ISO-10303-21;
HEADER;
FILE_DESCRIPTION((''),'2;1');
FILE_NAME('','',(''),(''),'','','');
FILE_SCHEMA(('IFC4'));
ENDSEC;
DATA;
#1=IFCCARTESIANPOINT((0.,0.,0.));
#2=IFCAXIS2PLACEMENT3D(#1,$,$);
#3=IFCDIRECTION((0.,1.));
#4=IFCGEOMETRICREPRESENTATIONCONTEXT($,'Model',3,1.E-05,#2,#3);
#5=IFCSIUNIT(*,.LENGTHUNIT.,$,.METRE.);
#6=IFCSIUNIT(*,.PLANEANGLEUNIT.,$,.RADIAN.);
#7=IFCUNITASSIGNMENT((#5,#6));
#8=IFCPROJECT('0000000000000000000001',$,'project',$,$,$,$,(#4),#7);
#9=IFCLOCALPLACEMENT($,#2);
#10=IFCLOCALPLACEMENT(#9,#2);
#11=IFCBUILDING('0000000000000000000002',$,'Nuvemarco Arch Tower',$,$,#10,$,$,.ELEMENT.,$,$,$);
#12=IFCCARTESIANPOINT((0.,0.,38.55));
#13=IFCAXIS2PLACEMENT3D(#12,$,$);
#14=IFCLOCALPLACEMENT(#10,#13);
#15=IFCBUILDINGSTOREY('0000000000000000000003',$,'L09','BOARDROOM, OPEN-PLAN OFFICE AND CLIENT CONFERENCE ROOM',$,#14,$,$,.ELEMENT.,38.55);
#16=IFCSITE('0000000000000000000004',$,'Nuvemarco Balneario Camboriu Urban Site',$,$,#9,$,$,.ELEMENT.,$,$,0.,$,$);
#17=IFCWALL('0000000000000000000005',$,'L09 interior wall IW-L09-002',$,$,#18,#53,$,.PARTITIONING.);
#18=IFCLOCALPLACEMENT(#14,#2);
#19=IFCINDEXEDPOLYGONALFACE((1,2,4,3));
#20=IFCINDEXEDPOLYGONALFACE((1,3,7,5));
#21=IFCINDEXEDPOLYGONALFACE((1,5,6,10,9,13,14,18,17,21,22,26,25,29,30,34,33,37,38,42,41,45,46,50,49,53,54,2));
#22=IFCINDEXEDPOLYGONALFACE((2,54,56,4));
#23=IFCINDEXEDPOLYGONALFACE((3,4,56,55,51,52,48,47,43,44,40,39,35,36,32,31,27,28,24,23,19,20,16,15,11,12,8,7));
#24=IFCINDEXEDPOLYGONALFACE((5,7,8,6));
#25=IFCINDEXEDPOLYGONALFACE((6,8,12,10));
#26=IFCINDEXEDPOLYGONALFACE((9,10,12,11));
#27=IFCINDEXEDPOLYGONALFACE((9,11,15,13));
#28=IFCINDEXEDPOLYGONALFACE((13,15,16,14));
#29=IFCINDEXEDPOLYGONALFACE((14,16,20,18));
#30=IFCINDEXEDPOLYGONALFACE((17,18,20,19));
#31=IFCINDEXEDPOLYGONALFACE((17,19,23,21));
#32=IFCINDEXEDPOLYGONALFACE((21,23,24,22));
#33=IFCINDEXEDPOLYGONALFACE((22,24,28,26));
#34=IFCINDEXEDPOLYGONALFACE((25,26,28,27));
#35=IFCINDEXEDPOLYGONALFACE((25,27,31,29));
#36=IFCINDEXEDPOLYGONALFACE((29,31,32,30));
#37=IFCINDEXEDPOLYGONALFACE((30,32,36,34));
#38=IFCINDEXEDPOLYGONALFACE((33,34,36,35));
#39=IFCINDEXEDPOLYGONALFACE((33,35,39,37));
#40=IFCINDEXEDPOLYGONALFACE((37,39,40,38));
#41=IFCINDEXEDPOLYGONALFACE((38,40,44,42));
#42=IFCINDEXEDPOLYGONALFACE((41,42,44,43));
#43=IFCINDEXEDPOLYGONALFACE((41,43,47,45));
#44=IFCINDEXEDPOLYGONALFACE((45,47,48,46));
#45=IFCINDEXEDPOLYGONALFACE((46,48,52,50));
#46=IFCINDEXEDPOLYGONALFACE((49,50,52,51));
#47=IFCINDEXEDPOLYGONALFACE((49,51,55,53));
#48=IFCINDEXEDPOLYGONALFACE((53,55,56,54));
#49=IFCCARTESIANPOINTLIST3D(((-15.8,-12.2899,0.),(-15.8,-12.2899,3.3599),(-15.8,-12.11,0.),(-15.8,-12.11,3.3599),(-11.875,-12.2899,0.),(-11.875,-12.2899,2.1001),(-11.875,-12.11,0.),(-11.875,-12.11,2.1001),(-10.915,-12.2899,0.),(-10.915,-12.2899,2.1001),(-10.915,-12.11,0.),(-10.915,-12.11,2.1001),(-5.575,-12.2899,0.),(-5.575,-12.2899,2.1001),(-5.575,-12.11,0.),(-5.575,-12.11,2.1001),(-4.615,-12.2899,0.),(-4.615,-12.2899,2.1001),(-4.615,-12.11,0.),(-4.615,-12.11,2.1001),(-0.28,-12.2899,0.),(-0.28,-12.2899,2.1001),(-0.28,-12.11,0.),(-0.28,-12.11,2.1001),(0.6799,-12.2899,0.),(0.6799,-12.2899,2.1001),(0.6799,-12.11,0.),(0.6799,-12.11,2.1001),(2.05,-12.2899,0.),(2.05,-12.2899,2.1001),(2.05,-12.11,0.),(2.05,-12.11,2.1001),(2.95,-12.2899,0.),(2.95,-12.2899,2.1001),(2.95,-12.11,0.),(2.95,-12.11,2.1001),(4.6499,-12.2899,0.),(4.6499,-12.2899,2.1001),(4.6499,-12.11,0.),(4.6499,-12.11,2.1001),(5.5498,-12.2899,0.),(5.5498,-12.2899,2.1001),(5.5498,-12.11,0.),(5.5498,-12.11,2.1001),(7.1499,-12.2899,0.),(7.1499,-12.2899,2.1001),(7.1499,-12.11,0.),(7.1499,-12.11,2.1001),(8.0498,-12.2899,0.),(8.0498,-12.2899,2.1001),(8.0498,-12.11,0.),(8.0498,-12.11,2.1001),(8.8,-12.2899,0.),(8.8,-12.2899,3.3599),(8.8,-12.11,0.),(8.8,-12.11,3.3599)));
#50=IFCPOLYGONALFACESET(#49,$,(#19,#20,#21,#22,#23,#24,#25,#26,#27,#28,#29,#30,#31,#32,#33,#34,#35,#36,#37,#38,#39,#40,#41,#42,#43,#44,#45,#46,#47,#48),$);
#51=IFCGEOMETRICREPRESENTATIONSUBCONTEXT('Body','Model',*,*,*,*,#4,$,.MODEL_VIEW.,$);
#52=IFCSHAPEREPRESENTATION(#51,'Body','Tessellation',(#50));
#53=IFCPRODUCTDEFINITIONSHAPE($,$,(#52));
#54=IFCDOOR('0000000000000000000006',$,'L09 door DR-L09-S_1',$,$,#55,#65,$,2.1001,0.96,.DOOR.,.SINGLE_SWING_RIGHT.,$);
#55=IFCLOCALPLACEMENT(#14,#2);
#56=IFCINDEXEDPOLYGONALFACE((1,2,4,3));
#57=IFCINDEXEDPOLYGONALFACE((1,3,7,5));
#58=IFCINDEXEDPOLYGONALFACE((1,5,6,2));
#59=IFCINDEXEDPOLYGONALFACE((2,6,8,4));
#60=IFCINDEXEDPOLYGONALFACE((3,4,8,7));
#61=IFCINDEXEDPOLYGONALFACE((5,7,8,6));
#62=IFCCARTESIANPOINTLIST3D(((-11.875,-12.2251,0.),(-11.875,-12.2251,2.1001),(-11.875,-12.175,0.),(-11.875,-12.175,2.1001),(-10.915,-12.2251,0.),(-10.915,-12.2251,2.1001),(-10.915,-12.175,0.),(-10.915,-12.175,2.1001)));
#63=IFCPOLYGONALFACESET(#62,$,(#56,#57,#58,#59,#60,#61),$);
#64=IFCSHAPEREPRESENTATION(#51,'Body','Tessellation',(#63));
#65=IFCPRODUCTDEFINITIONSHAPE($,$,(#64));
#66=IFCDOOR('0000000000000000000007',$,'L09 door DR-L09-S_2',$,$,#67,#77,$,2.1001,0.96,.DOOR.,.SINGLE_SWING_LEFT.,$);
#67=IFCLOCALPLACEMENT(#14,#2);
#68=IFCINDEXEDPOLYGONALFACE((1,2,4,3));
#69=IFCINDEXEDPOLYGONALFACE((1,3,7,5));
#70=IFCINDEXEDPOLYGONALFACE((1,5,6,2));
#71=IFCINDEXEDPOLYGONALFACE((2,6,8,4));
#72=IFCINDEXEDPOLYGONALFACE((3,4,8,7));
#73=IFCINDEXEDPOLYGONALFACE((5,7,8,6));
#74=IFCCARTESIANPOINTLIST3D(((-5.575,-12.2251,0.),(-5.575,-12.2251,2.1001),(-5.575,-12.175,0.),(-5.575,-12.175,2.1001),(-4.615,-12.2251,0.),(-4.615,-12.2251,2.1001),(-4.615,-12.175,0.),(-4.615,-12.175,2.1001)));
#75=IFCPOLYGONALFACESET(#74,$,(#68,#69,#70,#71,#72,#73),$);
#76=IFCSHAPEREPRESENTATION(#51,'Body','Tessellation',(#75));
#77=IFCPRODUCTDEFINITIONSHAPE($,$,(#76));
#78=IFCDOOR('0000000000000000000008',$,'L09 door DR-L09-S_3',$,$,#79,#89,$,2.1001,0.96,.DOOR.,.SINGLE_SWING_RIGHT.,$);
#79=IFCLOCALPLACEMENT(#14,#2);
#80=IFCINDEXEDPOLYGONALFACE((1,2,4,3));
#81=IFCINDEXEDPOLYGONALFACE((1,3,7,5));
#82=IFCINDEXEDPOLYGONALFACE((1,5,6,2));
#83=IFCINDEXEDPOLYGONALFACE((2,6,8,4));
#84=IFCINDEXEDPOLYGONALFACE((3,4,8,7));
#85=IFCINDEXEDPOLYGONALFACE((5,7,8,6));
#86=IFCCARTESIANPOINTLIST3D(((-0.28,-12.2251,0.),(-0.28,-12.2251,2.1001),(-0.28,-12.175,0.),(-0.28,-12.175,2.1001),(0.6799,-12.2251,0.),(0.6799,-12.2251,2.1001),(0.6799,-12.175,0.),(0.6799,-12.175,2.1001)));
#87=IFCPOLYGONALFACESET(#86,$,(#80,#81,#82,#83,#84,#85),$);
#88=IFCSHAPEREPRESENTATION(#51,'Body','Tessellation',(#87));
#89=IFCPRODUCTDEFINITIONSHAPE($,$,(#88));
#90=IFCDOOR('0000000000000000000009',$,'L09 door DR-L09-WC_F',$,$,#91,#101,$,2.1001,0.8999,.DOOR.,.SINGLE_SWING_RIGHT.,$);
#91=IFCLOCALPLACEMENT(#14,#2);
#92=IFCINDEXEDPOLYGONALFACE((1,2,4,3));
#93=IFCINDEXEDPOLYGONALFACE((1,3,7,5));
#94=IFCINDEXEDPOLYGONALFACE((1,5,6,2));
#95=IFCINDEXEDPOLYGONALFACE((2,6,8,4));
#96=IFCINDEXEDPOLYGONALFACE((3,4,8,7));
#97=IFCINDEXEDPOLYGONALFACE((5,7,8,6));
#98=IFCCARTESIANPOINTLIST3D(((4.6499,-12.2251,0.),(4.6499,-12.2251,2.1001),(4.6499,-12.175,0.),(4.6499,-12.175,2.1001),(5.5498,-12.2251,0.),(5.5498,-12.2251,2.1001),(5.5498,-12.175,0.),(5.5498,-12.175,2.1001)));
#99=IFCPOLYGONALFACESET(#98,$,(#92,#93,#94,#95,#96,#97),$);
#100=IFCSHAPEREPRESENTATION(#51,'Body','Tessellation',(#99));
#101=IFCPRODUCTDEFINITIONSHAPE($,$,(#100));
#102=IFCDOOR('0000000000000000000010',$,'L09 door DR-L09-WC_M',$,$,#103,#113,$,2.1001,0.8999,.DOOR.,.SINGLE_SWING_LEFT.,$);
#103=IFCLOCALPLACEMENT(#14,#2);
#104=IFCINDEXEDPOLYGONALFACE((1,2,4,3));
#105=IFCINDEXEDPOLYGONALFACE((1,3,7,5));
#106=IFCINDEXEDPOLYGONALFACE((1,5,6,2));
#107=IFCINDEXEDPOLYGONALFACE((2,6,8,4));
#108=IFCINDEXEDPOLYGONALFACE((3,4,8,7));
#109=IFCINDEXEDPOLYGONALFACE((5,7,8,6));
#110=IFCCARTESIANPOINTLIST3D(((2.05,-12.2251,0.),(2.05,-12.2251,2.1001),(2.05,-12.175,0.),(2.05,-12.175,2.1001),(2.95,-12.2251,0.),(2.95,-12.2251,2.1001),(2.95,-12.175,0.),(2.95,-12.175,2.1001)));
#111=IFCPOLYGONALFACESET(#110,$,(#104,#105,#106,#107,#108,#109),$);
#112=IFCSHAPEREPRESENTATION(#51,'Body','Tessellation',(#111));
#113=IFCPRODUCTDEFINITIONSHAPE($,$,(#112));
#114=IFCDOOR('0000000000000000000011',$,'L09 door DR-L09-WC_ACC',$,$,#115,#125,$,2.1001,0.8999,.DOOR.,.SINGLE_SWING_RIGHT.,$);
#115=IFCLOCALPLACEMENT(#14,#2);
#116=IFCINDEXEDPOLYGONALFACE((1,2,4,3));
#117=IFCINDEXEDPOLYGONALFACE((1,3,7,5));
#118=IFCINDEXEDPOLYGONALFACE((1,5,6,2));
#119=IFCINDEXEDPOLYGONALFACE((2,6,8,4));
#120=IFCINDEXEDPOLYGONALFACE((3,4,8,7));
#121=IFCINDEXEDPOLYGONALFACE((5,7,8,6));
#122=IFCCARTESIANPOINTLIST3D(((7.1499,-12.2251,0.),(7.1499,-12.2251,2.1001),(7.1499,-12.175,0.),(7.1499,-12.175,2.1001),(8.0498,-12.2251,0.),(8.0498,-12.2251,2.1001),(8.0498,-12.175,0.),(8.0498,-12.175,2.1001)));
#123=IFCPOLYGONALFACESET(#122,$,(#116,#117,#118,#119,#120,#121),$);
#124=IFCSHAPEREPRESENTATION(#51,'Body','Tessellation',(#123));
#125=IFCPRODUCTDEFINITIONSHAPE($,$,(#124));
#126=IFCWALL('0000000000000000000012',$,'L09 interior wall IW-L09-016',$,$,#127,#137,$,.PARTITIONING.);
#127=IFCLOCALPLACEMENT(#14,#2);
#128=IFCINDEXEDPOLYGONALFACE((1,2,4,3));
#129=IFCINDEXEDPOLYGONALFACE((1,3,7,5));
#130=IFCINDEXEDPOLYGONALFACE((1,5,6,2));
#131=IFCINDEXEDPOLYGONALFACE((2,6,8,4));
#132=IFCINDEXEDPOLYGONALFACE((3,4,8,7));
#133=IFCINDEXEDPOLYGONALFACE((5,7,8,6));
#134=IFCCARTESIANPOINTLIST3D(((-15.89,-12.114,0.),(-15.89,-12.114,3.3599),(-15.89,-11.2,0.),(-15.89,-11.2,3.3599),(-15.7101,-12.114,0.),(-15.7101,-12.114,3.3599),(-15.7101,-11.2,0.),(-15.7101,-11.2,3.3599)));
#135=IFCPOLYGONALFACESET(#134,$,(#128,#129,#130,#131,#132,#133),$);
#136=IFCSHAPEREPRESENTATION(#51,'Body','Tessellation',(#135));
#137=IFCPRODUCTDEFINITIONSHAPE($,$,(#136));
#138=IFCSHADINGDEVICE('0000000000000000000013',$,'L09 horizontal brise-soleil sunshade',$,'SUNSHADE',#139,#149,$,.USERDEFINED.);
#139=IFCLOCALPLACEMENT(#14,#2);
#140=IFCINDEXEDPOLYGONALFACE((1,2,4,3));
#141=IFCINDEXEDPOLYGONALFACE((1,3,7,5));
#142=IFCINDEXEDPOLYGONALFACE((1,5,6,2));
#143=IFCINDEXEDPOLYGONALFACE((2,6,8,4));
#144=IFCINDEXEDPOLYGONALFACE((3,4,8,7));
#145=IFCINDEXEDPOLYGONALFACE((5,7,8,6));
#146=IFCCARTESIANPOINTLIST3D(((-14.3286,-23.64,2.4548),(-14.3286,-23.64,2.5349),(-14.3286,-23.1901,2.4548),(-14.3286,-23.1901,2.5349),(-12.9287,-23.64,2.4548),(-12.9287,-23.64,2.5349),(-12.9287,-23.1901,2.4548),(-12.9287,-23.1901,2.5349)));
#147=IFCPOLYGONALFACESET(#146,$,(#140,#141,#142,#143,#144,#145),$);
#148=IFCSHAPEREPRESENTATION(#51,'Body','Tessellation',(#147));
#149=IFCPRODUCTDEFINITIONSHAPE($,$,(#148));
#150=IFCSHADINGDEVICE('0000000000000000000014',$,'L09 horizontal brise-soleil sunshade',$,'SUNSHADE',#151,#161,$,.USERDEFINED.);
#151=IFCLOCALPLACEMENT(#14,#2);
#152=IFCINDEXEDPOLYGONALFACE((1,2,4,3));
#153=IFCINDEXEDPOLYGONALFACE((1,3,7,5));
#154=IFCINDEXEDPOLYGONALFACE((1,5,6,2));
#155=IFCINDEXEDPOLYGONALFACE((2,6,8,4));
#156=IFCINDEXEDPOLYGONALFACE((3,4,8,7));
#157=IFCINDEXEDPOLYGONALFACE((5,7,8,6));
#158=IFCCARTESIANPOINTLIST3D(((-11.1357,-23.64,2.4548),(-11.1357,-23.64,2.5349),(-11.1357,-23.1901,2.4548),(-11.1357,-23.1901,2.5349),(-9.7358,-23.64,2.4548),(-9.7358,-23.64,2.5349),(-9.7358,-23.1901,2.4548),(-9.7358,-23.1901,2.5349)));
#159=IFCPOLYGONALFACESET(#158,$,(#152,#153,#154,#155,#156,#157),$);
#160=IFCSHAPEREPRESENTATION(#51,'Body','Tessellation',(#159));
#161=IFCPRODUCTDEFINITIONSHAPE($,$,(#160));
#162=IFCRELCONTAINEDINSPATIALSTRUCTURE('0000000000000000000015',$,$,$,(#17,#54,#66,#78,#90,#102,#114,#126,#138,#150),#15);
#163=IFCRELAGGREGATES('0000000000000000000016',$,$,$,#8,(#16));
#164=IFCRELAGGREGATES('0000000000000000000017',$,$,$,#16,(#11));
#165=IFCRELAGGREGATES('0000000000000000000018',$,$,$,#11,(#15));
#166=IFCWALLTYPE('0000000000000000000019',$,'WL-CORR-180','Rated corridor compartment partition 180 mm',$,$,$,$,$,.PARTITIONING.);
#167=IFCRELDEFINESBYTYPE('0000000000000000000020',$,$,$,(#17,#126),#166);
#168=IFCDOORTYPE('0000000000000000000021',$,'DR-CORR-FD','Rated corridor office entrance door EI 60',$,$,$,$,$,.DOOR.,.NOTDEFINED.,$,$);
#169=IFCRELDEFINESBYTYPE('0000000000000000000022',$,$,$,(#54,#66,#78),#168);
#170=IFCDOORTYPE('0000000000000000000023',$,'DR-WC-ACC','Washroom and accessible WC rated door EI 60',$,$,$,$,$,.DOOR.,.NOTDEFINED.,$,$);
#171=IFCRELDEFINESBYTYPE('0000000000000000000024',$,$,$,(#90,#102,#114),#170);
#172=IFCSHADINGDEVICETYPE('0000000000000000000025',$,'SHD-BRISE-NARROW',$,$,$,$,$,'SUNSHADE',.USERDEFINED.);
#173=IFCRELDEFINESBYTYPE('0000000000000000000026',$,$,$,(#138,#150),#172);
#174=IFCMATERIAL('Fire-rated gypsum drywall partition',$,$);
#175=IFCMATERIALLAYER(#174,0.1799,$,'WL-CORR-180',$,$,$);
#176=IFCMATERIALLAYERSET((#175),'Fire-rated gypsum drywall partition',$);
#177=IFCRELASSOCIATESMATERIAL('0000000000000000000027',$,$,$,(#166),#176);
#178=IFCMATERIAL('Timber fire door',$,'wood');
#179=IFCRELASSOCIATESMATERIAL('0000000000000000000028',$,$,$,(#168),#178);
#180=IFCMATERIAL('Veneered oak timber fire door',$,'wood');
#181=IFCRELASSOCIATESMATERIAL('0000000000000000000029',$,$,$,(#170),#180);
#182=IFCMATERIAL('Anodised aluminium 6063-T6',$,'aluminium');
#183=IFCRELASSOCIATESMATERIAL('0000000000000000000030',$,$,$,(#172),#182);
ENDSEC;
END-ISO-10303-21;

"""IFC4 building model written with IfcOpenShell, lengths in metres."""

from ifc_helpers import new_model, si_unit, direction, frame, frame_2d, origin, origin_2d, place, context, subcontext, project, spatial, rectangle, extrude, source, transform, mapped, material, layer, layer_set, type_object, type_shapes, element, fill, save


model = new_model("IFC4")

# Units and contexts
model_context = context("Model", 3, precision=1e-05, world=origin(), true_north=direction((0.0, 1.0)))
body_context = subcontext(model_context, "Body", "Model", "MODEL_VIEW")
ifc_project = project(units=[si_unit("LENGTHUNIT", "METRE"), si_unit("PLANEANGLEUNIT", "RADIAN")], contexts=[model_context])

# Site, building, storey
site_placement = place(None, origin())
site = spatial("IfcSite", under=ifc_project, at=site_placement, Name="Nuvemarco Balneario Camboriu Urban Site", CompositionType="ELEMENT", RefElevation=0.0)
building_placement = place(site_placement, origin())
building = spatial("IfcBuilding", under=site, at=building_placement, Name="Nuvemarco Arch Tower", CompositionType="ELEMENT")
storey_placement = place(building_placement, frame((0.0, 0.0, 38.55)))
storey = spatial("IfcBuildingStorey", under=building, at=storey_placement, Name="L09", Description="BOARDROOM, OPEN-PLAN OFFICE AND CLIENT CONFERENCE ROOM", CompositionType="ELEMENT", Elevation=38.55)

# Wall, openings, doors
ifc_material_1 = material(Name="Fire-rated gypsum drywall partition")
ifc_layer_1 = layer(ifc_material_1, 0.1799, Name="WL-CORR-180")
ifc_layer_set_1 = layer_set([ifc_layer_1], Name="Fire-rated gypsum drywall partition")
wall_type_1 = type_object("IfcWallType", Name="WL-CORR-180", Description="Rated corridor compartment partition 180 mm", PredefinedType="PARTITIONING", material=ifc_layer_set_1)
wall_1_placement = place(storey_placement, frame((-15.8, -12.2, 0.0), z_axis=(0.0, 0.0, 1.0), x_axis=(1.0, 0.0, 0.0)))
wall_1 = element("IfcWall", 1, at=wall_1_placement, inside=storey, type_object=wall_type_1, Name="L09 interior wall IW-L09-002", PredefinedType="PARTITIONING", context=body_context, shape_type="SweptSolid", body=[
    extrude(rectangle(XDim=24.6001, YDim=0.1799, at=frame_2d((12.3, 0.0))), origin(), (0.0, 0.0, 1.0), 3.3599),
])
opening_1_placement = place(wall_1_placement, frame((3.925, 0.0, 0.0)))
opening_1 = element("IfcOpeningElement", 2, at=opening_1_placement, cuts=wall_1, PredefinedType="OPENING", context=body_context, shape_type="SweptSolid", body=[
    extrude(rectangle(XDim=0.96, YDim=2.1001, at=frame_2d((0.48, 1.05))), frame((0.0, 0.0999, 0.0), z_axis=(0.0, -1.0, 0.0), x_axis=(1.0, 0.0, 0.0)), (0.0, 0.0, 1.0), 0.2),
])
opening_2_placement = place(wall_1_placement, frame((10.2251, 0.0, 0.0)))
opening_2 = element("IfcOpeningElement", 3, at=opening_2_placement, cuts=wall_1, PredefinedType="OPENING", context=body_context, shape_type="SweptSolid", body=[
    extrude(rectangle(XDim=0.96, YDim=2.1001, at=frame_2d((0.48, 1.05))), frame((0.0, 0.0999, 0.0), z_axis=(0.0, -1.0, 0.0), x_axis=(1.0, 0.0, 0.0)), (0.0, 0.0, 1.0), 0.2),
])
opening_3_placement = place(wall_1_placement, frame((20.45, 0.0, 0.0)))
opening_3 = element("IfcOpeningElement", 4, at=opening_3_placement, cuts=wall_1, PredefinedType="OPENING", context=body_context, shape_type="SweptSolid", body=[
    extrude(rectangle(XDim=0.8999, YDim=2.1001, at=frame_2d((0.45, 1.05))), frame((0.0, 0.0999, 0.0), z_axis=(0.0, -1.0, 0.0), x_axis=(1.0, 0.0, 0.0)), (0.0, 0.0, 1.0), 0.2),
])
opening_4_placement = place(wall_1_placement, frame((17.8501, 0.0, 0.0)))
opening_4 = element("IfcOpeningElement", 5, at=opening_4_placement, cuts=wall_1, PredefinedType="OPENING", context=body_context, shape_type="SweptSolid", body=[
    extrude(rectangle(XDim=0.8999, YDim=2.1001, at=frame_2d((0.45, 1.05))), frame((0.0, 0.0999, 0.0), z_axis=(0.0, -1.0, 0.0), x_axis=(1.0, 0.0, 0.0)), (0.0, 0.0, 1.0), 0.2),
])
opening_5_placement = place(wall_1_placement, frame((22.95, 0.0, 0.0)))
opening_5 = element("IfcOpeningElement", 6, at=opening_5_placement, cuts=wall_1, PredefinedType="OPENING", context=body_context, shape_type="SweptSolid", body=[
    extrude(rectangle(XDim=0.8999, YDim=2.1001, at=frame_2d((0.45, 1.05))), frame((0.0, 0.0999, 0.0), z_axis=(0.0, -1.0, 0.0), x_axis=(1.0, 0.0, 0.0)), (0.0, 0.0, 1.0), 0.2),
])
opening_6_placement = place(wall_1_placement, frame((15.52, 0.0, 0.0)))
opening_6 = element("IfcOpeningElement", 7, at=opening_6_placement, cuts=wall_1, PredefinedType="OPENING", context=body_context, shape_type="SweptSolid", body=[
    extrude(rectangle(XDim=0.96, YDim=2.1001, at=frame_2d((0.48, 1.05))), frame((0.0, 0.0999, 0.0), z_axis=(0.0, -1.0, 0.0), x_axis=(1.0, 0.0, 0.0)), (0.0, 0.0, 1.0), 0.2),
])
ifc_material_2 = material(Name="Timber fire door", Category="wood")
door_type_1 = type_object("IfcDoorType", Name="DR-CORR-FD", Description="Rated corridor office entrance door EI 60", OperationType="NOTDEFINED", PredefinedType="DOOR", material=ifc_material_2)
shared_shape_1 = source(origin(), body_context, "Body", "SweptSolid", [
    extrude(rectangle(XDim=0.96, YDim=2.1001, at=frame_2d((0.48, 1.05))), frame((0.0, 0.0249, 0.0), z_axis=(0.0, -1.0, 0.0), x_axis=(1.0, 0.0, 0.0)), (0.0, 0.0, 1.0), 0.05),
])
type_shapes(door_type_1, [shared_shape_1])
door_1_placement = place(opening_1_placement, origin())
door_1 = element("IfcDoor", 8, at=door_1_placement, inside=storey, type_object=door_type_1, Name="L09 door DR-L09-S_1", OperationType="SINGLE_SWING_RIGHT", OverallHeight=2.1001, OverallWidth=0.96, PredefinedType="DOOR", context=body_context, shape_type="MappedRepresentation", body=[
    mapped(shared_shape_1, transform((0.0, 0.0, 0.0), scale=1.0)),
])
fill(opening_1, door_1)
door_2_placement = place(opening_2_placement, origin())
door_2 = element("IfcDoor", 9, at=door_2_placement, inside=storey, type_object=door_type_1, Name="L09 door DR-L09-S_2", OperationType="SINGLE_SWING_LEFT", OverallHeight=2.1001, OverallWidth=0.96, PredefinedType="DOOR", context=body_context, shape_type="MappedRepresentation", body=[
    mapped(shared_shape_1, transform((0.0, 0.0, 0.0), scale=1.0)),
])
fill(opening_2, door_2)
door_3_placement = place(opening_6_placement, origin())
door_3 = element("IfcDoor", 10, at=door_3_placement, inside=storey, type_object=door_type_1, Name="L09 door DR-L09-S_3", OperationType="SINGLE_SWING_RIGHT", OverallHeight=2.1001, OverallWidth=0.96, PredefinedType="DOOR", context=body_context, shape_type="MappedRepresentation", body=[
    mapped(shared_shape_1, transform((0.0, 0.0, 0.0), scale=1.0)),
])
fill(opening_6, door_3)
ifc_material_3 = material(Name="Veneered oak timber fire door", Category="wood")
door_type_2 = type_object("IfcDoorType", Name="DR-WC-ACC", Description="Washroom and accessible WC rated door EI 60", OperationType="NOTDEFINED", PredefinedType="DOOR", material=ifc_material_3)
shared_shape_2 = source(origin(), body_context, "Body", "SweptSolid", [
    extrude(rectangle(XDim=0.8999, YDim=2.1001, at=frame_2d((0.45, 1.05))), frame((0.0, 0.0249, 0.0), z_axis=(0.0, -1.0, 0.0), x_axis=(1.0, 0.0, 0.0)), (0.0, 0.0, 1.0), 0.05),
])
type_shapes(door_type_2, [shared_shape_2])
door_4_placement = place(opening_3_placement, origin())
door_4 = element("IfcDoor", 11, at=door_4_placement, inside=storey, type_object=door_type_2, Name="L09 door DR-L09-WC_F", OperationType="SINGLE_SWING_RIGHT", OverallHeight=2.1001, OverallWidth=0.8999, PredefinedType="DOOR", context=body_context, shape_type="MappedRepresentation", body=[
    mapped(shared_shape_2, transform((0.0, 0.0, 0.0), scale=1.0)),
])
fill(opening_3, door_4)
door_5_placement = place(opening_4_placement, origin())
door_5 = element("IfcDoor", 12, at=door_5_placement, inside=storey, type_object=door_type_2, Name="L09 door DR-L09-WC_M", OperationType="SINGLE_SWING_LEFT", OverallHeight=2.1001, OverallWidth=0.8999, PredefinedType="DOOR", context=body_context, shape_type="MappedRepresentation", body=[
    mapped(shared_shape_2, transform((0.0, 0.0, 0.0), scale=1.0)),
])
fill(opening_4, door_5)
door_6_placement = place(opening_5_placement, origin())
door_6 = element("IfcDoor", 13, at=door_6_placement, inside=storey, type_object=door_type_2, Name="L09 door DR-L09-WC_ACC", OperationType="SINGLE_SWING_RIGHT", OverallHeight=2.1001, OverallWidth=0.8999, PredefinedType="DOOR", context=body_context, shape_type="MappedRepresentation", body=[
    mapped(shared_shape_2, transform((0.0, 0.0, 0.0), scale=1.0)),
])
fill(opening_5, door_6)

# Wall
wall_2_placement = place(storey_placement, frame((-15.8, -12.114, 0.0), z_axis=(0.0, 0.0, 1.0), x_axis=(0.0, 1.0, 0.0)))
element("IfcWall", 14, at=wall_2_placement, inside=storey, type_object=wall_type_1, Name="L09 interior wall IW-L09-016", PredefinedType="PARTITIONING", context=body_context, shape_type="SweptSolid", body=[
    extrude(rectangle(XDim=0.9141, YDim=0.1799, at=frame_2d((0.457, 0.0))), origin(), (0.0, 0.0, 1.0), 3.3599),
])

# Shading devices
ifc_material_4 = material(Name="Anodised aluminium 6063-T6", Category="aluminium")
shading_device_type = type_object("IfcShadingDeviceType", Name="SHD-BRISE-NARROW", ElementType="SUNSHADE", PredefinedType="USERDEFINED", material=ifc_material_4)
shared_shape_3 = source(origin(), body_context, "Body", "SweptSolid", [
    extrude(rectangle(XDim=1.3999, YDim=0.45, at=origin_2d()), origin(), (0.0, 0.0, 1.0), 0.0801),
])
type_shapes(shading_device_type, [shared_shape_3])
for number, where, z_axis, x_axis, name in (
    (15, (-13.6287, -23.415, 2.4548), (0.0, 0.0, 1.0), (1.0, 0.0, 0.0), "L09 horizontal brise-soleil sunshade"),
    (16, (-10.4358, -23.415, 2.4548), (0.0, 0.0, 1.0), (1.0, 0.0, 0.0), "L09 horizontal brise-soleil sunshade"),
):
    element("IfcShadingDevice", number, at=place(storey_placement, frame(where, z_axis=z_axis, x_axis=x_axis)), inside=storey, type_object=shading_device_type, Name=name, ObjectType="SUNSHADE", PredefinedType="USERDEFINED", context=body_context, shape_type="MappedRepresentation", body=[
        mapped(shared_shape_3, transform((0.0, 0.0, 0.0), scale=1.0)),
    ])

save(model, "model.ifc")
